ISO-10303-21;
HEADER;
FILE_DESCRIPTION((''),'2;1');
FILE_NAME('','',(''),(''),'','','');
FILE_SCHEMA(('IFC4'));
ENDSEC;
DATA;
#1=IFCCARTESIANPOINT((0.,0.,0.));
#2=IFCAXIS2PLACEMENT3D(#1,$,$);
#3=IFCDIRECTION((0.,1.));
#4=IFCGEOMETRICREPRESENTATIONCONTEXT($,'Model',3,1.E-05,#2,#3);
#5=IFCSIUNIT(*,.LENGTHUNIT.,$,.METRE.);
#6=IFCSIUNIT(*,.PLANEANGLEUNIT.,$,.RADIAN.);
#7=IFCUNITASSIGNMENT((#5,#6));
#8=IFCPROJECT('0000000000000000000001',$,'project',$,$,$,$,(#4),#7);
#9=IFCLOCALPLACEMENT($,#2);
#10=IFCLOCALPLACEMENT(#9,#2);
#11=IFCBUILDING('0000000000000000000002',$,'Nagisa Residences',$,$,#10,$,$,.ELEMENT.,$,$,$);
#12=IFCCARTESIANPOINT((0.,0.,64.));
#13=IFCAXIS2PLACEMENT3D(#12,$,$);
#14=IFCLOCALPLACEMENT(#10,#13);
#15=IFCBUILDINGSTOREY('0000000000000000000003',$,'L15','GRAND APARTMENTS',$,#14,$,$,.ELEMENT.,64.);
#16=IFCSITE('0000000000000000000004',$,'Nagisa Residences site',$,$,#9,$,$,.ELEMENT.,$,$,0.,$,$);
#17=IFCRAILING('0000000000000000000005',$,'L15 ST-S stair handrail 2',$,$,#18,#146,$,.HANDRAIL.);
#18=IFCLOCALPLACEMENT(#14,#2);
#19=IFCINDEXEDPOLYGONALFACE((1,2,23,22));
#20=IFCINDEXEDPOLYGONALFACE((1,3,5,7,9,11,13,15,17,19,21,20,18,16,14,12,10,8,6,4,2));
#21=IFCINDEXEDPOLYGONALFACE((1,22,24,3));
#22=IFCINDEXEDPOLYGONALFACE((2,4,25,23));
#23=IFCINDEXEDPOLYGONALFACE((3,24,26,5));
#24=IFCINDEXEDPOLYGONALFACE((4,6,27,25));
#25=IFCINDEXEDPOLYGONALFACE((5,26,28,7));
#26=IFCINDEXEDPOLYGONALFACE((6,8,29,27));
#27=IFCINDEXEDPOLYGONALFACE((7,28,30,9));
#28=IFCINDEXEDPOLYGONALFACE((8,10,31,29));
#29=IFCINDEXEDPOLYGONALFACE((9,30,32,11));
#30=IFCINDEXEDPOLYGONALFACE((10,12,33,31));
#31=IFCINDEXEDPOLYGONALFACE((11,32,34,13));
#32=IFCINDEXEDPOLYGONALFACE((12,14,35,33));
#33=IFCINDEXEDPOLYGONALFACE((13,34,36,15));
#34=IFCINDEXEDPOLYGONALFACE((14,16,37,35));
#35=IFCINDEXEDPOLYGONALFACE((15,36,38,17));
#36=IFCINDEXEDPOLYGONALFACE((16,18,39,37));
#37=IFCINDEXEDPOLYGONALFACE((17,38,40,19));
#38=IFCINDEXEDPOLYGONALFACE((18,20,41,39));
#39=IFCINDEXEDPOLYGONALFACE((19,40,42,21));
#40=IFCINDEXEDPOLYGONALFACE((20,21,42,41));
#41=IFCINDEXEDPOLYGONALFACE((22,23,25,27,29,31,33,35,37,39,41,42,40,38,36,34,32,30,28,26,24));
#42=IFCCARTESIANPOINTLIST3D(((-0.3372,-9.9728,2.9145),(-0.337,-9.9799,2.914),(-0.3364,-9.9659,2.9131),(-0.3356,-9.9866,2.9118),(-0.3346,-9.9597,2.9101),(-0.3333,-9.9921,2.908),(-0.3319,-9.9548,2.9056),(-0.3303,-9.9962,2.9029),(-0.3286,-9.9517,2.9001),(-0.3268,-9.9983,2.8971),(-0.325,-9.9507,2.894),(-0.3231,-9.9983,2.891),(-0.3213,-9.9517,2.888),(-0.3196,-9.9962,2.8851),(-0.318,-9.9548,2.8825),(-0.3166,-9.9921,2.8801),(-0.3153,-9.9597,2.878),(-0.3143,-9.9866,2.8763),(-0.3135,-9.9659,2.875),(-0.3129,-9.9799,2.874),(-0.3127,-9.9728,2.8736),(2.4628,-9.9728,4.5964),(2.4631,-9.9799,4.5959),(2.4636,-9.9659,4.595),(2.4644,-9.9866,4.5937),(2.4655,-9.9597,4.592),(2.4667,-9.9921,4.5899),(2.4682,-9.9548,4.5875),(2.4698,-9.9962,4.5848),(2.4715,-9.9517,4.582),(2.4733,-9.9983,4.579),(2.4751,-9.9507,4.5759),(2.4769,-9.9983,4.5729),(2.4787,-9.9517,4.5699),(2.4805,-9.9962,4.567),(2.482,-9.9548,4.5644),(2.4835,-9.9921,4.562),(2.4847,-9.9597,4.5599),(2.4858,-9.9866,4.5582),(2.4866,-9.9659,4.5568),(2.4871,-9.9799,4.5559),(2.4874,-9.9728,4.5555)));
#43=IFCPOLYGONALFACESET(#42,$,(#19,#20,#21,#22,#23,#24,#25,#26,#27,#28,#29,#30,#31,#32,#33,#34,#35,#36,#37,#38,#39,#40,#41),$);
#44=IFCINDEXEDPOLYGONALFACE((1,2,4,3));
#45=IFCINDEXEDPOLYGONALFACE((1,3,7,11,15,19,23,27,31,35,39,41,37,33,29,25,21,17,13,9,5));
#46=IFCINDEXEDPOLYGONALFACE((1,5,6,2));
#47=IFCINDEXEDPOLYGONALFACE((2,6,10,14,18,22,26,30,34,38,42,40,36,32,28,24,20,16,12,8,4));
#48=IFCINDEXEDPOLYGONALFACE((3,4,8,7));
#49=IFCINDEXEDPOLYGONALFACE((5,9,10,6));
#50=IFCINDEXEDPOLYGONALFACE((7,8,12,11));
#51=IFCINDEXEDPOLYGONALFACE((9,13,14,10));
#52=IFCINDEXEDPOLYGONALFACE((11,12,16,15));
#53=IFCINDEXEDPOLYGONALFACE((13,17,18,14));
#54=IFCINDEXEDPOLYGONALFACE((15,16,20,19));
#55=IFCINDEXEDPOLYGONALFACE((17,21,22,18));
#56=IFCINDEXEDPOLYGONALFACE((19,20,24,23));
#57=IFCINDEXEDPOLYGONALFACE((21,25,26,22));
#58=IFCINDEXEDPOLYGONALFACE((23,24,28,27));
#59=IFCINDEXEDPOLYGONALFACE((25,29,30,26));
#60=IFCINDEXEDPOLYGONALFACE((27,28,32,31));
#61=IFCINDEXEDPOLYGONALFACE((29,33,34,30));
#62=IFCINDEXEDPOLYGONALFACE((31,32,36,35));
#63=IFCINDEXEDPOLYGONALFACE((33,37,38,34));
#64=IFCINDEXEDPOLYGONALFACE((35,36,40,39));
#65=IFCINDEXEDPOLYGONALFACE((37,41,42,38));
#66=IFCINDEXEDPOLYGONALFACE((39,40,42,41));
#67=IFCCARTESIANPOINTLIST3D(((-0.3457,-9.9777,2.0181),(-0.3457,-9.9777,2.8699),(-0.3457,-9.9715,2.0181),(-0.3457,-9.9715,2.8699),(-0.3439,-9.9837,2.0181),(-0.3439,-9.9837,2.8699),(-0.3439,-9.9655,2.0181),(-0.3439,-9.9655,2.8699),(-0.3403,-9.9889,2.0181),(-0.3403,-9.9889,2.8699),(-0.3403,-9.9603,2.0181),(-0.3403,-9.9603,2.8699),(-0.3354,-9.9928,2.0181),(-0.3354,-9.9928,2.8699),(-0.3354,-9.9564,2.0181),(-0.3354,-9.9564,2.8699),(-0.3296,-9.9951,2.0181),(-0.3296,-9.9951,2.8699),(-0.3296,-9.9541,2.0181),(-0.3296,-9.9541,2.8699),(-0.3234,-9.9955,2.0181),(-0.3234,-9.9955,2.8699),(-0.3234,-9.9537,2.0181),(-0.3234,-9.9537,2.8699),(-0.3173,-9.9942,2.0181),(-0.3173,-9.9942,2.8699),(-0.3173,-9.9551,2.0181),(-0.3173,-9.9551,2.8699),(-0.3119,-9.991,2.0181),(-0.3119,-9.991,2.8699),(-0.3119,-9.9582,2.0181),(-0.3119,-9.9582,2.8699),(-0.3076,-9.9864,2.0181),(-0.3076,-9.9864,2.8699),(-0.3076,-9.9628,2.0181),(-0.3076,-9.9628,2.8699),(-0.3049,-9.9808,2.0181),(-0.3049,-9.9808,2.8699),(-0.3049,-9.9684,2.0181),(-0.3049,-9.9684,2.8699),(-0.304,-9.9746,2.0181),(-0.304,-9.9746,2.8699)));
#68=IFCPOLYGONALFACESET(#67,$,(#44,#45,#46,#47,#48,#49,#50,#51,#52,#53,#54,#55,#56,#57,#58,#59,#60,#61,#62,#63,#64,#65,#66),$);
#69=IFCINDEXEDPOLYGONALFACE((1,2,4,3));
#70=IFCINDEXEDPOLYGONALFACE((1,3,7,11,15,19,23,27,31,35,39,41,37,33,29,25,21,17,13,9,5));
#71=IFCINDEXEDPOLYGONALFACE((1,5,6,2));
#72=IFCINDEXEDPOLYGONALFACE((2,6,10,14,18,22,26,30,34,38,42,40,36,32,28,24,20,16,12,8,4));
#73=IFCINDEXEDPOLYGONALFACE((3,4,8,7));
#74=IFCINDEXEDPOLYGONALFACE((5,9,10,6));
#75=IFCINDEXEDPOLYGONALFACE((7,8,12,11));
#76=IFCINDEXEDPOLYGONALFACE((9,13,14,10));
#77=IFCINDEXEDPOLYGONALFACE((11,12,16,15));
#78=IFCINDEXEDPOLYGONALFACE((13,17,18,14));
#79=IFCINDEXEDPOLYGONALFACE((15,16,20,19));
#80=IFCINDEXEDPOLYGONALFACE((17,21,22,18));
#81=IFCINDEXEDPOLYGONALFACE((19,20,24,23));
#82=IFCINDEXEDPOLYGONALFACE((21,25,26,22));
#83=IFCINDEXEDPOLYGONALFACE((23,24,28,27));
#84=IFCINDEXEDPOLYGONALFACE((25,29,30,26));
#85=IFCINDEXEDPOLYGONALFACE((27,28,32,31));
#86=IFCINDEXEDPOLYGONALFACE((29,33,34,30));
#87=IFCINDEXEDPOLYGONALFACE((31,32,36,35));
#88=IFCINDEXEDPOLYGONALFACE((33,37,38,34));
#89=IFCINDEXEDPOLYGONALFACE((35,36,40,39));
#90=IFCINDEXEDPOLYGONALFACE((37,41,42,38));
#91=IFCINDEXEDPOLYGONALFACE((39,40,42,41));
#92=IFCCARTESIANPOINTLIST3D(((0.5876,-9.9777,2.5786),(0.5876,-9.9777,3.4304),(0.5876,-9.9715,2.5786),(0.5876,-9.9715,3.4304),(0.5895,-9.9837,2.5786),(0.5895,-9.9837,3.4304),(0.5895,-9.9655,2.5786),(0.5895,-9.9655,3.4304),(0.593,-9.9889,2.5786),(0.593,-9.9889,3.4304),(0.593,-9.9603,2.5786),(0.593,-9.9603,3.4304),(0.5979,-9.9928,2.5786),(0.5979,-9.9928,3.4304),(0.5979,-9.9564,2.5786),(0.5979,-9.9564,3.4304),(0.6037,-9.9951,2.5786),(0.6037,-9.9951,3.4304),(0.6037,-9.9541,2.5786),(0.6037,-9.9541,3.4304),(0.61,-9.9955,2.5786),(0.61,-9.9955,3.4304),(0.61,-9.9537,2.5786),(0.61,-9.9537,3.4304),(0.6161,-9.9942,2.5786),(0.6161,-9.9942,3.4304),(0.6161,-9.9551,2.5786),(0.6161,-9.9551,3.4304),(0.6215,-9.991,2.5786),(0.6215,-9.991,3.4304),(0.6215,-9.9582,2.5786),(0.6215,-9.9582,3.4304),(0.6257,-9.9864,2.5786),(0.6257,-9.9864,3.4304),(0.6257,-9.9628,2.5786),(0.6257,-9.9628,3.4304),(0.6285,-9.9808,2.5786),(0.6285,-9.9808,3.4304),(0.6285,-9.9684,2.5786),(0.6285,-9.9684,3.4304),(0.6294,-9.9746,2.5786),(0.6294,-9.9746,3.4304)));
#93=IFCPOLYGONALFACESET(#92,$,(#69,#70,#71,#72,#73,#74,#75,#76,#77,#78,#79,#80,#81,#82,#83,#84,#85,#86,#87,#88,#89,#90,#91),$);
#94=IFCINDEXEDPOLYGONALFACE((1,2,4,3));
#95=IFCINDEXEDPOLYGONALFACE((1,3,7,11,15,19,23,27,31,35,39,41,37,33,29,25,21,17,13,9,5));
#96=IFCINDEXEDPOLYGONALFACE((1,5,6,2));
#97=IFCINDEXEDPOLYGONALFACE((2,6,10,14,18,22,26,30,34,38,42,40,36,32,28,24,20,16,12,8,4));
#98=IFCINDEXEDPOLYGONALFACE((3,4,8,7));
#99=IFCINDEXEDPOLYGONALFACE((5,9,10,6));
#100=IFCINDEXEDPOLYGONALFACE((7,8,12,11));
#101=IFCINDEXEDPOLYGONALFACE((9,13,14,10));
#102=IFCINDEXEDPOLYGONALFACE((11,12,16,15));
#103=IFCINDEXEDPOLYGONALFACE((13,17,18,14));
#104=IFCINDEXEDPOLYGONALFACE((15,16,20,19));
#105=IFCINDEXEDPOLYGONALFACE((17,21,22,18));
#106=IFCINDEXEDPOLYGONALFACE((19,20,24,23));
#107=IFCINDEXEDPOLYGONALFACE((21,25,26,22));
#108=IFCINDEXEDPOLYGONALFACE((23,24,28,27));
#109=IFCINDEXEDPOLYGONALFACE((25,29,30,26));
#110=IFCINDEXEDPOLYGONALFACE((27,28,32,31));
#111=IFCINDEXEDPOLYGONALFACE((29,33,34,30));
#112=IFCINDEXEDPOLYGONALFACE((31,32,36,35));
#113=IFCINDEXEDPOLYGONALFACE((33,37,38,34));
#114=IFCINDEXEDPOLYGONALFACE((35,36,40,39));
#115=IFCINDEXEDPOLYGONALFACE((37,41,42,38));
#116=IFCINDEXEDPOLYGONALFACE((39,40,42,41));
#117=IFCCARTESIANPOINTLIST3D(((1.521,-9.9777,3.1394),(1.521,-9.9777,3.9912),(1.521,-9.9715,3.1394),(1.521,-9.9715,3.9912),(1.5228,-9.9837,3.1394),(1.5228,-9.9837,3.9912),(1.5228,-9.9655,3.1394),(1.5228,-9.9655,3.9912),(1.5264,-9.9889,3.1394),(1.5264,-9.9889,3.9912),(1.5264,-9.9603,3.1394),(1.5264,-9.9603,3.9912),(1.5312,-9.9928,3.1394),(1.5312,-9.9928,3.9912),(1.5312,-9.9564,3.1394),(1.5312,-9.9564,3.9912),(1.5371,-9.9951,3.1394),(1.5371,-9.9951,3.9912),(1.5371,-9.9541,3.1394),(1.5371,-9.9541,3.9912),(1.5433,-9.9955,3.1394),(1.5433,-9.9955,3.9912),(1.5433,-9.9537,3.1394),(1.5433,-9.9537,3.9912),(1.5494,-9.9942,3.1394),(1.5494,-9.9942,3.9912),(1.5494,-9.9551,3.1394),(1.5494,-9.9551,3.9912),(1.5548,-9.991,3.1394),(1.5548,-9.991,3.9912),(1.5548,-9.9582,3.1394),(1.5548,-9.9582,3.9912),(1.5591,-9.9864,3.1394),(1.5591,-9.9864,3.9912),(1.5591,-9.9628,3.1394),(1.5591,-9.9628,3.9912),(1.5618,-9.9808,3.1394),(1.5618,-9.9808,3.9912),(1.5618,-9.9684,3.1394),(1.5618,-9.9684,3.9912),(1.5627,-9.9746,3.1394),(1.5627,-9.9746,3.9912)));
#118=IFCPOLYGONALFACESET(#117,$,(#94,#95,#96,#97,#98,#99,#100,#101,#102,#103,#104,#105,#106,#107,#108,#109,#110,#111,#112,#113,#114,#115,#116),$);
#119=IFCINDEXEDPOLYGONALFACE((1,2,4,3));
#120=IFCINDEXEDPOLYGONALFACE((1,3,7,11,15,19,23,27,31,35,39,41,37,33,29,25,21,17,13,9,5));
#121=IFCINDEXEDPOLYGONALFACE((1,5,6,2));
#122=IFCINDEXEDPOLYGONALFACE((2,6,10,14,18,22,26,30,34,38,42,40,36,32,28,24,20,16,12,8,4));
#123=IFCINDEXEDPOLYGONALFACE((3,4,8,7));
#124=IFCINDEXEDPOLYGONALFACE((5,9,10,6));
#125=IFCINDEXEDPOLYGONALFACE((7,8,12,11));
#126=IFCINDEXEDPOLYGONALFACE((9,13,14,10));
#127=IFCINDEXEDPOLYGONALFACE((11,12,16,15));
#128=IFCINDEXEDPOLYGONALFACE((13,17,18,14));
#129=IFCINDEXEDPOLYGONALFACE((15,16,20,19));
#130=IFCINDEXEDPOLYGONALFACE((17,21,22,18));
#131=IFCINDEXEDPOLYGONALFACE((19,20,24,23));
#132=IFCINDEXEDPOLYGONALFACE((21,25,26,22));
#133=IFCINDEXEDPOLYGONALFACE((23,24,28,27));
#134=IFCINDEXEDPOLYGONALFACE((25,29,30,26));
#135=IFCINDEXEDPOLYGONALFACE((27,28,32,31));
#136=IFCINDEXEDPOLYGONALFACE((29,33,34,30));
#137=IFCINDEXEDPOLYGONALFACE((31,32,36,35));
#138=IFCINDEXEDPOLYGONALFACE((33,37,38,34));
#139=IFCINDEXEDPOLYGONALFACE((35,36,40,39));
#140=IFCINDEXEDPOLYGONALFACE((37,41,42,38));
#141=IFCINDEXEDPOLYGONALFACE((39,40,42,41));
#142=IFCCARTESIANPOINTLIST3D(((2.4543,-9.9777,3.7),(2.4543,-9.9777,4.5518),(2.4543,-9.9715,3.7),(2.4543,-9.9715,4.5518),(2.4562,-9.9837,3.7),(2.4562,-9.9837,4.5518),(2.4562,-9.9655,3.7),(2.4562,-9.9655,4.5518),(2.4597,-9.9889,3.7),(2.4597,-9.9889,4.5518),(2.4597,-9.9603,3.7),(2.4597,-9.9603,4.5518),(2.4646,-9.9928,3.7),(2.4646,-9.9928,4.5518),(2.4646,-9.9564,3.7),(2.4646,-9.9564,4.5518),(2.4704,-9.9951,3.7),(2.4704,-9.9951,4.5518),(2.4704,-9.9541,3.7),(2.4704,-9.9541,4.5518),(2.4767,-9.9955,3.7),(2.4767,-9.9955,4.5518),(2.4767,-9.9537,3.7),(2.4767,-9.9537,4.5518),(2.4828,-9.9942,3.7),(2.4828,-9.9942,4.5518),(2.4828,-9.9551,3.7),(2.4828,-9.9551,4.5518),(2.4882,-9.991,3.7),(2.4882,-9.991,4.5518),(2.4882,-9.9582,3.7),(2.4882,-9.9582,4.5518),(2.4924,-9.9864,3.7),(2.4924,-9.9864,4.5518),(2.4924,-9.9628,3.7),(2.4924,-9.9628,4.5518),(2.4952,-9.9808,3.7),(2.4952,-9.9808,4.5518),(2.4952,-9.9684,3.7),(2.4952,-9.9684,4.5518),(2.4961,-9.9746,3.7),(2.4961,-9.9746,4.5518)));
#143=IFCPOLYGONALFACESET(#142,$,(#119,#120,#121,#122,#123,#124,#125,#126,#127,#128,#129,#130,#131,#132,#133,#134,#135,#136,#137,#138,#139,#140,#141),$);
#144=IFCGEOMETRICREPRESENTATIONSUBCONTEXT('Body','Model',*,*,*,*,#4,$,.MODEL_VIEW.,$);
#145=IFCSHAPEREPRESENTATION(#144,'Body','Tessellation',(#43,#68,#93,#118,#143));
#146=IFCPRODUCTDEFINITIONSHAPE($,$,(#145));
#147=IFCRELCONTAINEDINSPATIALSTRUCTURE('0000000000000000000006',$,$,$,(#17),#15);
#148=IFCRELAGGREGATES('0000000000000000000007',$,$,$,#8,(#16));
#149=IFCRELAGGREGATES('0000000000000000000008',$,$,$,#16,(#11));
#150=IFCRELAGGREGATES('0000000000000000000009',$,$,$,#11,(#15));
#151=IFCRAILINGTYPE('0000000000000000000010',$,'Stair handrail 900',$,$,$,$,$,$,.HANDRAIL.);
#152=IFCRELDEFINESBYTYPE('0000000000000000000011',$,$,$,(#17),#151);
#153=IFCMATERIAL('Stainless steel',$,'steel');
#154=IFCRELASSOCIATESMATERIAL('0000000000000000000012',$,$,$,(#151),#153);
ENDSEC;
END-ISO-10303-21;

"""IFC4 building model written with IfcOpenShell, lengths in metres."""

from ifc_helpers import new_model, si_unit, direction, frame, origin, origin_2d, place, context, subcontext, project, spatial, circle, extrude, material, type_object, element, save


model = new_model("IFC4")

# Units and contexts
model_context = context("Model", 3, precision=1e-05, world=origin(), true_north=direction((0.0, 1.0)))
body_context = subcontext(model_context, "Body", "Model", "MODEL_VIEW")
ifc_project = project(units=[si_unit("LENGTHUNIT", "METRE"), si_unit("PLANEANGLEUNIT", "RADIAN")], contexts=[model_context])

# Site, building, storey
site_placement = place(None, origin())
site = spatial("IfcSite", under=ifc_project, at=site_placement, Name="Nagisa Residences site", CompositionType="ELEMENT", RefElevation=0.0)
building_placement = place(site_placement, origin())
building = spatial("IfcBuilding", under=site, at=building_placement, Name="Nagisa Residences", CompositionType="ELEMENT")
storey_placement = place(building_placement, frame((0.0, 0.0, 64.0)))
storey = spatial("IfcBuildingStorey", under=building, at=storey_placement, Name="L15", Description="GRAND APARTMENTS", CompositionType="ELEMENT", Elevation=64.0)

# Railing
ifc_material_1 = material(Name="Stainless steel", Category="steel")
railing_type = type_object("IfcRailingType", Name="Stair handrail 900", PredefinedType="HANDRAIL", material=ifc_material_1)
railing_placement = place(storey_placement, frame((-0.325, -9.9746, 2.0181)))
element("IfcRailing", 1, at=railing_placement, inside=storey, type_object=railing_type, Name="L15 ST-S stair handrail 2", PredefinedType="HANDRAIL", context=body_context, shape_type="SweptSolid", body=[
    extrude(circle(Radius=0.0239, at=origin_2d()), frame((0.0, 0.0, 0.876), z_axis=(0.857242, 0.0, 0.514913), x_axis=(0.0, 1.0, 0.0)), (0.0, 0.0, 1.0), 3.2664),
    extrude(circle(Radius=0.021, at=origin_2d()), origin(), (0.0, 0.0, 1.0), 0.8518),
    extrude(circle(Radius=0.021, at=origin_2d()), frame((0.9333, 0.0, 0.5605)), (0.0, 0.0, 1.0), 0.8518),
    extrude(circle(Radius=0.021, at=origin_2d()), frame((1.8667, 0.0, 1.1213)), (0.0, 0.0, 1.0), 0.8518),
    extrude(circle(Radius=0.021, at=origin_2d()), frame((2.8, 0.0, 1.6819)), (0.0, 0.0, 1.0), 0.8518),
])

save(model, "model.ifc")
